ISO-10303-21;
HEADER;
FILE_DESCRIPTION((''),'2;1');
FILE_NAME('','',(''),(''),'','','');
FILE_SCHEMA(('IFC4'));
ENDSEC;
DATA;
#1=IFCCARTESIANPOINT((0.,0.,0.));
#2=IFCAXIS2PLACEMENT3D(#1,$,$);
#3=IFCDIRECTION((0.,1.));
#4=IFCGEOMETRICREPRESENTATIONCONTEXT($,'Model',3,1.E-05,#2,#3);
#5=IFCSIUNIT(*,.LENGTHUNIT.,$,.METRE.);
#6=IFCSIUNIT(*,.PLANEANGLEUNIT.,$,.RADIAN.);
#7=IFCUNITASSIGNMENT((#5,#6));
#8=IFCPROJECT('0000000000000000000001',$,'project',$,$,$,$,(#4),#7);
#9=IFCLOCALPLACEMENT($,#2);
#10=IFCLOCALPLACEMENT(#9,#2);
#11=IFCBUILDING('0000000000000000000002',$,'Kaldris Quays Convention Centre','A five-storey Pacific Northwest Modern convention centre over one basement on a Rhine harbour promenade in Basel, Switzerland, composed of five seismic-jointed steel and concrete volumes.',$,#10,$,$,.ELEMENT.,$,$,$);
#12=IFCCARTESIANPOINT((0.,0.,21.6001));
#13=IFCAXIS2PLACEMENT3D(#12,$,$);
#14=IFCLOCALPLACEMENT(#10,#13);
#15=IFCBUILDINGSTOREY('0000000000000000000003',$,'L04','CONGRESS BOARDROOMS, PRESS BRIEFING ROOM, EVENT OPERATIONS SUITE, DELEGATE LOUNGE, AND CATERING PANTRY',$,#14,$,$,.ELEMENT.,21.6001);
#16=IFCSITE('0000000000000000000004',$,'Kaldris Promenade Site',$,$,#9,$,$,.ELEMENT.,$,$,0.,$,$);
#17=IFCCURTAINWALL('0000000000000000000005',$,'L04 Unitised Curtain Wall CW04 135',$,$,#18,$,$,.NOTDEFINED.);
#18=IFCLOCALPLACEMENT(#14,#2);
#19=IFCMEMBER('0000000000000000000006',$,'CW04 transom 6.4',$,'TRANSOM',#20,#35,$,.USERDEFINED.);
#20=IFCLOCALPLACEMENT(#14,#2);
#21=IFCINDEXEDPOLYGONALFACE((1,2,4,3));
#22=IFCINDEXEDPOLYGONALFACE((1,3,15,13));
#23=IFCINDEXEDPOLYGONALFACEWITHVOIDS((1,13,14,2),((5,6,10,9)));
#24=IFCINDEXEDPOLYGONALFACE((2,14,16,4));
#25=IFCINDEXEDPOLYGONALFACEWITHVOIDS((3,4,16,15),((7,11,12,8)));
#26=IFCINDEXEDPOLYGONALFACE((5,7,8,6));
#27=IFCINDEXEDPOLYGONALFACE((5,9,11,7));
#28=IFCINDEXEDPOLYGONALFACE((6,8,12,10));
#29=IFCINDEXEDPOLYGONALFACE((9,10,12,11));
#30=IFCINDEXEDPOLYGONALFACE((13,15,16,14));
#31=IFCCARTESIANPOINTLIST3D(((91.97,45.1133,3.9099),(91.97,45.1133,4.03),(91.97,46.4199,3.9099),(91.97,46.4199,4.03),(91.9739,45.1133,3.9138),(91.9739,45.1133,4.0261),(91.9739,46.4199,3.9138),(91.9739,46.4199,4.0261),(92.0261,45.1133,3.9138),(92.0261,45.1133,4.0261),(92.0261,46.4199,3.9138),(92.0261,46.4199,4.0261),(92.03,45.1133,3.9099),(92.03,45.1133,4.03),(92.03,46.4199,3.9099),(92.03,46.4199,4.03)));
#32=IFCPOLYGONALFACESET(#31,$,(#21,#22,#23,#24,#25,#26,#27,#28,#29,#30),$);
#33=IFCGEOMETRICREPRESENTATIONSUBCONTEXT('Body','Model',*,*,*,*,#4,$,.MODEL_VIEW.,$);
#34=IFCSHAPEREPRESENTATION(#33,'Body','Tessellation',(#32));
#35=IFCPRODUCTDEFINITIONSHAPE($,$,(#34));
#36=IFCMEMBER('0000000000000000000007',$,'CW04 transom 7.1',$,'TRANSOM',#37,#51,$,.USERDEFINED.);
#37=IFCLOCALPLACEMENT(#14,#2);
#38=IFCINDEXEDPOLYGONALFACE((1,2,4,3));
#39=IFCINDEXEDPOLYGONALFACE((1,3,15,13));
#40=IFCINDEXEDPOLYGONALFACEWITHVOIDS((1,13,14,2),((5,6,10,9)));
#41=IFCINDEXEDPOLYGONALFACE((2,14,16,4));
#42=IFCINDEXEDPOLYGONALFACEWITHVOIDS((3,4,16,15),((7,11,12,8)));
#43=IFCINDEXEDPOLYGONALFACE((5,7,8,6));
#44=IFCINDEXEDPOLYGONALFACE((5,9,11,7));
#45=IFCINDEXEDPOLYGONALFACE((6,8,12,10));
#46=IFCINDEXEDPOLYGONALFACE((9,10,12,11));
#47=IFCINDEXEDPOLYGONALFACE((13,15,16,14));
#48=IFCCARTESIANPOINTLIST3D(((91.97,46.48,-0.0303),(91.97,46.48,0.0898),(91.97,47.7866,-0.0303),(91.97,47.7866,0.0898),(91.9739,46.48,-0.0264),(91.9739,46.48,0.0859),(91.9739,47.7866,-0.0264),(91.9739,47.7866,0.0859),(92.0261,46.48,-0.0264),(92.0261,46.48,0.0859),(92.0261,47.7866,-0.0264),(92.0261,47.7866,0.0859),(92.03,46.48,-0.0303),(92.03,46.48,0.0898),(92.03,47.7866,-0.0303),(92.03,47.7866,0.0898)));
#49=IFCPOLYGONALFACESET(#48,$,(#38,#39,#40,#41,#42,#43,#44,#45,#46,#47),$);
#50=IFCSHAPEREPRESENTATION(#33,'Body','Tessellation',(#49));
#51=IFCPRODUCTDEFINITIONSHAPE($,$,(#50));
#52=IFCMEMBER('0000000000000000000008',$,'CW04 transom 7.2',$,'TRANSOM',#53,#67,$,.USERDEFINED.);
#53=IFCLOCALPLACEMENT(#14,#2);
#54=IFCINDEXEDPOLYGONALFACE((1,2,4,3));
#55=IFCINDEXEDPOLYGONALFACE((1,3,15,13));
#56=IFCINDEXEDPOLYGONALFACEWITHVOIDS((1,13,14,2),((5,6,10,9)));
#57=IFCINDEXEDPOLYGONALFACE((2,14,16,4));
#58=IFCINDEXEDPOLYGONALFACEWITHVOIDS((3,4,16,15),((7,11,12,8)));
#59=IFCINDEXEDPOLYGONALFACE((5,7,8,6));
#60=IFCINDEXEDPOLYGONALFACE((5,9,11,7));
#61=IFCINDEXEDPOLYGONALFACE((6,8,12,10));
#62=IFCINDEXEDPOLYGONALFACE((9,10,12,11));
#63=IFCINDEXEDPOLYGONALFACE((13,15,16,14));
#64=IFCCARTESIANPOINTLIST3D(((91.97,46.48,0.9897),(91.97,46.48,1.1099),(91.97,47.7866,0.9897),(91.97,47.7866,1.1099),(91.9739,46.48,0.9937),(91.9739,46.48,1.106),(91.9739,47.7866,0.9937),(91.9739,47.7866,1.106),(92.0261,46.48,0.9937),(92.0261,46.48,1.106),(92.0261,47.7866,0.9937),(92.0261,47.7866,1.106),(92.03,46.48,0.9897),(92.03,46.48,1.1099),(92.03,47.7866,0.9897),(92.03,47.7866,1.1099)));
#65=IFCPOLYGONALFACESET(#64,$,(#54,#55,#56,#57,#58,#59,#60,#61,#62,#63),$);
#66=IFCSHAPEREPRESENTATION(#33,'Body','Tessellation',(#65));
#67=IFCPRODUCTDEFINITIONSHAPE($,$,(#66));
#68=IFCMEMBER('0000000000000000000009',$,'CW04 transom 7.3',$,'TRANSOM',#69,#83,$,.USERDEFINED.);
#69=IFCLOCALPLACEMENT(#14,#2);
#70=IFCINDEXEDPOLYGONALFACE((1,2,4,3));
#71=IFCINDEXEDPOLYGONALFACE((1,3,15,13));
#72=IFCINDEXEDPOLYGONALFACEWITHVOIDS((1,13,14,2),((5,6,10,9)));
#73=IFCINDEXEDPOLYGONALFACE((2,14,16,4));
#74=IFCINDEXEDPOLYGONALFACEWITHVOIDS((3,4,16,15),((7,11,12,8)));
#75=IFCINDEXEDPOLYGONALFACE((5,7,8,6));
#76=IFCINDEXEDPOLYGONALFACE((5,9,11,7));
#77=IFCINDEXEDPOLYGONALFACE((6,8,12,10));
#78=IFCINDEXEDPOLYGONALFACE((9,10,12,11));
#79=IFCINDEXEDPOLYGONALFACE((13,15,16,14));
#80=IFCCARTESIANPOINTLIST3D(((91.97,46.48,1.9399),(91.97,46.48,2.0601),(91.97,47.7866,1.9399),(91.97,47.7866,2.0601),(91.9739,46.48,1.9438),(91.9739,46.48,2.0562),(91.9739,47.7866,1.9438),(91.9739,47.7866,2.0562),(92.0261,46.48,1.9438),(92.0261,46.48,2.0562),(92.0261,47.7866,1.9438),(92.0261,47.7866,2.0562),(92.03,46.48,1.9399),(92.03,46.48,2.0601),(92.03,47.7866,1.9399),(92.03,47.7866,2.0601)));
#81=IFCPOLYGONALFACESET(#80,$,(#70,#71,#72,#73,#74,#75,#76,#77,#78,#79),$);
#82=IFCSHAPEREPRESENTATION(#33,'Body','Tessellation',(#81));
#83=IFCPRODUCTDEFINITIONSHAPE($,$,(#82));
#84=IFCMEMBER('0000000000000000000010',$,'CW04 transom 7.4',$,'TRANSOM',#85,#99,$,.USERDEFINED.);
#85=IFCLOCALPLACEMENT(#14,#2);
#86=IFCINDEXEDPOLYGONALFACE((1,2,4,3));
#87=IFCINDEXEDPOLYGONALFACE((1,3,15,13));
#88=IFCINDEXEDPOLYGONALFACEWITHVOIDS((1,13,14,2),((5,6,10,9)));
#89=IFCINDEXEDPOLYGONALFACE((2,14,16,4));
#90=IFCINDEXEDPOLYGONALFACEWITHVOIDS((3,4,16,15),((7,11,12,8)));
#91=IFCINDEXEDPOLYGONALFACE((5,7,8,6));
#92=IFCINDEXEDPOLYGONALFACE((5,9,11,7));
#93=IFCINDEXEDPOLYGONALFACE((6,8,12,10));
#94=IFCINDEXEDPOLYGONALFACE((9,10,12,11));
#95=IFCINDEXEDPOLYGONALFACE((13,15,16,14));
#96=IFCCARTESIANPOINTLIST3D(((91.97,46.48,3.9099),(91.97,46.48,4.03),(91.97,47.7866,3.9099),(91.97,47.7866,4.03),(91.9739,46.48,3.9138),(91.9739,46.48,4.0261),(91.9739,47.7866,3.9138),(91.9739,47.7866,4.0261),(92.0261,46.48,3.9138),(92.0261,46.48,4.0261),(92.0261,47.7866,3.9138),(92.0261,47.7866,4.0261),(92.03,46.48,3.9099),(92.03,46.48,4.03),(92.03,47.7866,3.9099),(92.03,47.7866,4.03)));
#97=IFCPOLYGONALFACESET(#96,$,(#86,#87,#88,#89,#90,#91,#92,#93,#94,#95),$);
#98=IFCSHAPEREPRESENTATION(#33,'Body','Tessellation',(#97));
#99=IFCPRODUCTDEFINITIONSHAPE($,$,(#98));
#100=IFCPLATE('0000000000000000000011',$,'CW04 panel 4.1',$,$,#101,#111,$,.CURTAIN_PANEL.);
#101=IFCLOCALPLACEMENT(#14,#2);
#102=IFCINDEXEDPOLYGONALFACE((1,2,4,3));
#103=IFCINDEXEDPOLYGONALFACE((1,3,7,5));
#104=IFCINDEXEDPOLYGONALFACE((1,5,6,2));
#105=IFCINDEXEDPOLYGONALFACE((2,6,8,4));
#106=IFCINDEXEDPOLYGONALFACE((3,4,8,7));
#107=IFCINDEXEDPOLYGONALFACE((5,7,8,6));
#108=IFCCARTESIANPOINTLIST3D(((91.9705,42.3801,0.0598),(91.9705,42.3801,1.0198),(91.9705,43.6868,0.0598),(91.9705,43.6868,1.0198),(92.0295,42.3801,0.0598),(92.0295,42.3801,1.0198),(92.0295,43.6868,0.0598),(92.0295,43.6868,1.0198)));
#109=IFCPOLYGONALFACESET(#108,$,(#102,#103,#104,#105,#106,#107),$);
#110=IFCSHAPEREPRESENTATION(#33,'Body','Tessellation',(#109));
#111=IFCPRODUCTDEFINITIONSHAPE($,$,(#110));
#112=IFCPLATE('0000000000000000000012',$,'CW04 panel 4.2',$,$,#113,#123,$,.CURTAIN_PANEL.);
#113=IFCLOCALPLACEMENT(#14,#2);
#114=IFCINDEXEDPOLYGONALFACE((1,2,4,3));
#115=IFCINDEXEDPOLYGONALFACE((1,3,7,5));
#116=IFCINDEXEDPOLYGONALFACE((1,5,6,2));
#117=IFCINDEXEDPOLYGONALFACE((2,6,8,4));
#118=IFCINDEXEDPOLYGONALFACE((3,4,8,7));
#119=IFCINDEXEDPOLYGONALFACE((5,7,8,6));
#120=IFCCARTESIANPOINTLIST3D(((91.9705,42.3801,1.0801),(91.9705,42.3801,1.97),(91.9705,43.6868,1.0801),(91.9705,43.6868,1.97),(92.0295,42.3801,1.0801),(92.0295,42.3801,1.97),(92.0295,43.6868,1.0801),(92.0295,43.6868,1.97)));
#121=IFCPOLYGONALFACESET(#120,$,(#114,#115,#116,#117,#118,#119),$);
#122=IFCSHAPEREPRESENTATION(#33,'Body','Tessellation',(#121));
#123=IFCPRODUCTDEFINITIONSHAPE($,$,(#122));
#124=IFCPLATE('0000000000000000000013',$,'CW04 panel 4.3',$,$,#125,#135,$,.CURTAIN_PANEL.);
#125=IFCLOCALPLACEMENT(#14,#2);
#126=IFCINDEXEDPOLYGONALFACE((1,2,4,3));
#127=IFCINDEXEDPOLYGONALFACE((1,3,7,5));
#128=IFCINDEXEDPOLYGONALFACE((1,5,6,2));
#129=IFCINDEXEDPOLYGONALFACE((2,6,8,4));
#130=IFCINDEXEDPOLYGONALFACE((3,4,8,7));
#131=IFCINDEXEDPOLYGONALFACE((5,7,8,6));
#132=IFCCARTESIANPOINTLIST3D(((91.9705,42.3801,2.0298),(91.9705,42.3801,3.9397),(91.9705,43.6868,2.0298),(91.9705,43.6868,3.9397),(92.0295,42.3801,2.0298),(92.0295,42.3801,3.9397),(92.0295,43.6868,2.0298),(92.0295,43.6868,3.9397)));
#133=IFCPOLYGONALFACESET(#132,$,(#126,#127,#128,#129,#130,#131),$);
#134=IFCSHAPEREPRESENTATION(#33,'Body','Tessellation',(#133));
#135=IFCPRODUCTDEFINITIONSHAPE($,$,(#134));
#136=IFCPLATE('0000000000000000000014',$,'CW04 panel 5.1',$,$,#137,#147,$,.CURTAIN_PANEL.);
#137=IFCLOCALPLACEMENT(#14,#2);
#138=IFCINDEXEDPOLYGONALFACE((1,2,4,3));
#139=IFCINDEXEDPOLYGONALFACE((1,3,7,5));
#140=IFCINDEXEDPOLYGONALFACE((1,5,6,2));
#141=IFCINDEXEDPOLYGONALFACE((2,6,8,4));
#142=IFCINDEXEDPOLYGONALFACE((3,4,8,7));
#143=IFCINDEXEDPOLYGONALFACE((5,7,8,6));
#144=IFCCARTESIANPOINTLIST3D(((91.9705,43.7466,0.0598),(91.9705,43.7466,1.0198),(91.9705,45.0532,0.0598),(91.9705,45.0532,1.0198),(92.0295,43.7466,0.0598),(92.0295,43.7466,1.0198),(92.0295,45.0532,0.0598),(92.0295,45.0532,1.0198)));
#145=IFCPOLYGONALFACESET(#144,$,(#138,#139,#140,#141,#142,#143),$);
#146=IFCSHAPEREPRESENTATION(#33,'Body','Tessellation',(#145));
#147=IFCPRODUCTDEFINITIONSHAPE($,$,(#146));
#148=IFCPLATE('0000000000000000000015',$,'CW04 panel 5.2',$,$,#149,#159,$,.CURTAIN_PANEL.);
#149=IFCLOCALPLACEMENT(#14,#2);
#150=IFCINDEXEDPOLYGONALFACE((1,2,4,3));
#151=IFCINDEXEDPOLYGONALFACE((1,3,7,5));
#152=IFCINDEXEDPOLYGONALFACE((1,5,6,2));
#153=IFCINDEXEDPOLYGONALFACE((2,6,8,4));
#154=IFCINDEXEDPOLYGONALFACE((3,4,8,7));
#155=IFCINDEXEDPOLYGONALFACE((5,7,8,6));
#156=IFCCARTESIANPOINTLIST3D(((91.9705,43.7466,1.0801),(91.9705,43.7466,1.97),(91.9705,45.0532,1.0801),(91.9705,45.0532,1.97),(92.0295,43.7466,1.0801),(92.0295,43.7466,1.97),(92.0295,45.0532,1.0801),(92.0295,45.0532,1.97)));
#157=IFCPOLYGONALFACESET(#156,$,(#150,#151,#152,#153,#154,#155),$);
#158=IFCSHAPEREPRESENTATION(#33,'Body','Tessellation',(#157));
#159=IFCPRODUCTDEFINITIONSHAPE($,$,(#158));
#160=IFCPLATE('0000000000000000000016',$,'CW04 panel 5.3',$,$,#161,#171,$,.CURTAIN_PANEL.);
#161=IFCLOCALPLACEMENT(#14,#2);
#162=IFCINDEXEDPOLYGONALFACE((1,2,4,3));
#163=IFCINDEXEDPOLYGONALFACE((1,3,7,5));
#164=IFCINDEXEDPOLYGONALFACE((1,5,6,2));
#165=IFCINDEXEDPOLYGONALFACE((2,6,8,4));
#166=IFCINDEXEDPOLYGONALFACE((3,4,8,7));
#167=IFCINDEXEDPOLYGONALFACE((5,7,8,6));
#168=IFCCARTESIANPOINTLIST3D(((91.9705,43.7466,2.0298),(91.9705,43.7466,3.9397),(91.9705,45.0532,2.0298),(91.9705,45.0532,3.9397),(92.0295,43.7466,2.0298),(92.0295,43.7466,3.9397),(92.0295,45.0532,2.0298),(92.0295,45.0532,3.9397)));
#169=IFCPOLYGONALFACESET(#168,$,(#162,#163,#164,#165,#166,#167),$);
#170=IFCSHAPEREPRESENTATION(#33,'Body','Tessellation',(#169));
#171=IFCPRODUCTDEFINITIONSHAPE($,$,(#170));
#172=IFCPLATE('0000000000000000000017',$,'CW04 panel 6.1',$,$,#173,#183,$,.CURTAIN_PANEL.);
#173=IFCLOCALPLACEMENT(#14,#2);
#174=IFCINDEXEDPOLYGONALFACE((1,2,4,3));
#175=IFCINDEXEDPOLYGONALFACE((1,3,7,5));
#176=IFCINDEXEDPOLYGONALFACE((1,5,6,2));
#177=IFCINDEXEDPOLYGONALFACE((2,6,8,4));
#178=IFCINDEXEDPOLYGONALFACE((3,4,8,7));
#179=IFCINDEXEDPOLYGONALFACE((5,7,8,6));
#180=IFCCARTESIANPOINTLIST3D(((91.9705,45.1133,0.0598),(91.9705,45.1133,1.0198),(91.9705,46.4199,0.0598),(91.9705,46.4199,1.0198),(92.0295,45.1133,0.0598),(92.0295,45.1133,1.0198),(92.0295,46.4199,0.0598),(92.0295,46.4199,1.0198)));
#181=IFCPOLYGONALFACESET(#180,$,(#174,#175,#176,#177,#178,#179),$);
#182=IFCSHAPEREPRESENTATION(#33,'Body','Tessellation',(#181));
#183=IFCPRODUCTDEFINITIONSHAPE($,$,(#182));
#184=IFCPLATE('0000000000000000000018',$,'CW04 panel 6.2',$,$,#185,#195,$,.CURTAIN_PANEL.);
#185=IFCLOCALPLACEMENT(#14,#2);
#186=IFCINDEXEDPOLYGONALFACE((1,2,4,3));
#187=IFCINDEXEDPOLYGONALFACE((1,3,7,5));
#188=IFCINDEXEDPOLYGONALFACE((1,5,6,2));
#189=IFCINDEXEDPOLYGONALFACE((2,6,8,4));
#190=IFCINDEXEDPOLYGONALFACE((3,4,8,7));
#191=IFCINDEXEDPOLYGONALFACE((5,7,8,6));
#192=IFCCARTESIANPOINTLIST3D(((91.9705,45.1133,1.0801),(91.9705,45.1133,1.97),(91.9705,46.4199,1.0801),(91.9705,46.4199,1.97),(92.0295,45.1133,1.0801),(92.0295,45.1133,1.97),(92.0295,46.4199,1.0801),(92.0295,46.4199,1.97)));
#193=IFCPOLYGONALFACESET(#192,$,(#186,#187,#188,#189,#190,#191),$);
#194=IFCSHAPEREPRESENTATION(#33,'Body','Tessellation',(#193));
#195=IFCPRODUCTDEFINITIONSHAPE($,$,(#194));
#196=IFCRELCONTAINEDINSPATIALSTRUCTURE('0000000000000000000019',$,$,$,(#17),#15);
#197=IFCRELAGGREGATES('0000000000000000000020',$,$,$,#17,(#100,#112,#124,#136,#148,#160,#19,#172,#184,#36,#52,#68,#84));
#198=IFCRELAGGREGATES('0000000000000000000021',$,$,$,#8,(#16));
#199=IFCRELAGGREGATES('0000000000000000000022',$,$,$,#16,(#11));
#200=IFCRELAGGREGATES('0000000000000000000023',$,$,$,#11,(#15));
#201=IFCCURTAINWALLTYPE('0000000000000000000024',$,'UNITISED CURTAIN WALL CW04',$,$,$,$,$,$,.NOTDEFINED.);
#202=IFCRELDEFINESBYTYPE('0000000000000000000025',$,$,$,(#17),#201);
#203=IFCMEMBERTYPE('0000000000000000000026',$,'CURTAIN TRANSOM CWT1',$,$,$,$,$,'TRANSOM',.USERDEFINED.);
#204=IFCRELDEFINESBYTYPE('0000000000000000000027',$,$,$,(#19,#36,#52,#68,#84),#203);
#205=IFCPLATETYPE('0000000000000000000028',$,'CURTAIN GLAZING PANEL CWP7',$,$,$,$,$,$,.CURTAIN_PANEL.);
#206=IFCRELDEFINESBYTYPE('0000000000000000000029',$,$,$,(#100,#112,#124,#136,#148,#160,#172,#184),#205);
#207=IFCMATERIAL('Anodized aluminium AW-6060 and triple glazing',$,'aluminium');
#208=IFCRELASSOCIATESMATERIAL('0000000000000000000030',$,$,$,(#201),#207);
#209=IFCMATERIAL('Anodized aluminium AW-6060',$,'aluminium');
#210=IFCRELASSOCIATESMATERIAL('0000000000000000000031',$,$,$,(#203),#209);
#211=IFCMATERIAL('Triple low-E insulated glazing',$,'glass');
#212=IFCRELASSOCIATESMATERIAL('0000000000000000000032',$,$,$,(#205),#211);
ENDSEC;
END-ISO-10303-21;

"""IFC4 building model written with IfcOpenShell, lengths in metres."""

from ifc_helpers import new_model, si_unit, direction, frame, origin, origin_2d, place, context, subcontext, project, spatial, rectangle, hollow_rectangle, extrude, material, material_profile, profile_set, type_object, element, aggregate, save


model = new_model("IFC4")

# Units and contexts
model_context = context("Model", 3, precision=1e-05, world=origin(), true_north=direction((0.0, 1.0)))
body_context = subcontext(model_context, "Body", "Model", "MODEL_VIEW")
ifc_project = project(units=[si_unit("LENGTHUNIT", "METRE"), si_unit("PLANEANGLEUNIT", "RADIAN")], contexts=[model_context])

# Site, building, storey
site_placement = place(None, origin())
site = spatial("IfcSite", under=ifc_project, at=site_placement, Name="Kaldris Promenade Site", CompositionType="ELEMENT", RefElevation=0.0)
building_placement = place(site_placement, origin())
building = spatial("IfcBuilding", under=site, at=building_placement, Name="Kaldris Quays Convention Centre", Description="A five-storey Pacific Northwest Modern convention centre over one basement on a Rhine harbour promenade in Basel, Switzerland, composed of five seismic-jointed steel and concrete volumes.", CompositionType="ELEMENT")
storey_placement = place(building_placement, frame((0.0, 0.0, 21.6001)))
storey = spatial("IfcBuildingStorey", under=building, at=storey_placement, Name="L04", Description="CONGRESS BOARDROOMS, PRESS BRIEFING ROOM, EVENT OPERATIONS SUITE, DELEGATE LOUNGE, AND CATERING PANTRY", CompositionType="ELEMENT", Elevation=21.6001)

# Curtain wall, members, plates
ifc_material_1 = material(Name="Anodized aluminium AW-6060 and triple glazing", Category="aluminium")
curtain_wall_type = type_object("IfcCurtainWallType", Name="UNITISED CURTAIN WALL CW04", PredefinedType="NOTDEFINED", material=ifc_material_1)
curtain_wall_placement = place(storey_placement, origin())
curtain_wall = element("IfcCurtainWall", 1, at=curtain_wall_placement, inside=storey, type_object=curtain_wall_type, Name="L04 Unitised Curtain Wall CW04 135", PredefinedType="NOTDEFINED")
ifc_material_2 = material(Name="Anodized aluminium AW-6060", Category="aluminium")
ifc_material_profile = material_profile(ifc_material_2, hollow_rectangle(XDim=0.0601, YDim=0.1201, WallThickness=0.0039, at=origin_2d()), Name="RHS 120x60x4")
ifc_profile_set = profile_set([ifc_material_profile], Name="Anodized aluminium AW-6060")
member_type = type_object("IfcMemberType", Name="CURTAIN TRANSOM CWT1", ElementType="TRANSOM", PredefinedType="USERDEFINED", material=ifc_profile_set)
member_1_placement = place(storey_placement, frame((92.0, 45.1133, 3.97), z_axis=(0.0, 1.0, 0.0), x_axis=(-1.0, 0.0, 0.0)))
member_1 = element("IfcMember", 2, at=member_1_placement, type_object=member_type, Name="CW04 transom 6.4", ObjectType="TRANSOM", PredefinedType="USERDEFINED", context=body_context, shape_type="SweptSolid", body=[
    extrude(hollow_rectangle(XDim=0.0601, YDim=0.1201, WallThickness=0.0039, at=origin_2d()), origin(), (0.0, 0.0, 1.0), 1.3066),
])
member_2_placement = place(storey_placement, frame((92.0, 46.48, 0.0298), z_axis=(0.0, 1.0, 0.0), x_axis=(-1.0, 0.0, 0.0)))
member_2 = element("IfcMember", 3, at=member_2_placement, type_object=member_type, Name="CW04 transom 7.1", ObjectType="TRANSOM", PredefinedType="USERDEFINED", context=body_context, shape_type="SweptSolid", body=[
    extrude(hollow_rectangle(XDim=0.0601, YDim=0.1201, WallThickness=0.0039, at=origin_2d()), origin(), (0.0, 0.0, 1.0), 1.3066),
])
member_3_placement = place(storey_placement, frame((92.0, 46.48, 1.0498), z_axis=(0.0, 1.0, 0.0), x_axis=(-1.0, 0.0, 0.0)))
member_3 = element("IfcMember", 4, at=member_3_placement, type_object=member_type, Name="CW04 transom 7.2", ObjectType="TRANSOM", PredefinedType="USERDEFINED", context=body_context, shape_type="SweptSolid", body=[
    extrude(hollow_rectangle(XDim=0.0601, YDim=0.1201, WallThickness=0.0039, at=origin_2d()), origin(), (0.0, 0.0, 1.0), 1.3066),
])
member_4_placement = place(storey_placement, frame((92.0, 46.48, 2.0), z_axis=(0.0, 1.0, 0.0), x_axis=(-1.0, 0.0, 0.0)))
member_4 = element("IfcMember", 5, at=member_4_placement, type_object=member_type, Name="CW04 transom 7.3", ObjectType="TRANSOM", PredefinedType="USERDEFINED", context=body_context, shape_type="SweptSolid", body=[
    extrude(hollow_rectangle(XDim=0.0601, YDim=0.1201, WallThickness=0.0039, at=origin_2d()), origin(), (0.0, 0.0, 1.0), 1.3066),
])
member_5_placement = place(storey_placement, frame((92.0, 46.48, 3.97), z_axis=(0.0, 1.0, 0.0), x_axis=(-1.0, 0.0, 0.0)))
member_5 = element("IfcMember", 6, at=member_5_placement, type_object=member_type, Name="CW04 transom 7.4", ObjectType="TRANSOM", PredefinedType="USERDEFINED", context=body_context, shape_type="SweptSolid", body=[
    extrude(hollow_rectangle(XDim=0.0601, YDim=0.1201, WallThickness=0.0039, at=origin_2d()), origin(), (0.0, 0.0, 1.0), 1.3066),
])
ifc_material_3 = material(Name="Triple low-E insulated glazing", Category="glass")
plate_type = type_object("IfcPlateType", Name="CURTAIN GLAZING PANEL CWP7", PredefinedType="CURTAIN_PANEL", material=ifc_material_3)
plate_1_placement = place(storey_placement, frame((92.0, 43.0334, 0.0598), z_axis=(0.0, 0.0, 1.0), x_axis=(0.0, 1.0, 0.0)))
plate_1 = element("IfcPlate", 7, at=plate_1_placement, type_object=plate_type, Name="CW04 panel 4.1", PredefinedType="CURTAIN_PANEL", context=body_context, shape_type="SweptSolid", body=[
    extrude(rectangle(XDim=1.3066, YDim=0.0591, at=origin_2d()), origin(), (0.0, 0.0, 1.0), 0.96),
])
plate_2_placement = place(storey_placement, frame((92.0, 43.0334, 1.0801), z_axis=(0.0, 0.0, 1.0), x_axis=(0.0, 1.0, 0.0)))
plate_2 = element("IfcPlate", 8, at=plate_2_placement, type_object=plate_type, Name="CW04 panel 4.2", PredefinedType="CURTAIN_PANEL", context=body_context, shape_type="SweptSolid", body=[
    extrude(rectangle(XDim=1.3066, YDim=0.0591, at=origin_2d()), origin(), (0.0, 0.0, 1.0), 0.8899),
])
plate_3_placement = place(storey_placement, frame((92.0, 43.0334, 2.0298), z_axis=(0.0, 0.0, 1.0), x_axis=(0.0, 1.0, 0.0)))
plate_3 = element("IfcPlate", 9, at=plate_3_placement, type_object=plate_type, Name="CW04 panel 4.3", PredefinedType="CURTAIN_PANEL", context=body_context, shape_type="SweptSolid", body=[
    extrude(rectangle(XDim=1.3066, YDim=0.0591, at=origin_2d()), origin(), (0.0, 0.0, 1.0), 1.9099),
])
plate_4_placement = place(storey_placement, frame((92.0, 44.3999, 0.0598), z_axis=(0.0, 0.0, 1.0), x_axis=(0.0, 1.0, 0.0)))
plate_4 = element("IfcPlate", 10, at=plate_4_placement, type_object=plate_type, Name="CW04 panel 5.1", PredefinedType="CURTAIN_PANEL", context=body_context, shape_type="SweptSolid", body=[
    extrude(rectangle(XDim=1.3066, YDim=0.0591, at=origin_2d()), origin(), (0.0, 0.0, 1.0), 0.96),
])
plate_5_placement = place(storey_placement, frame((92.0, 44.3999, 1.0801), z_axis=(0.0, 0.0, 1.0), x_axis=(0.0, 1.0, 0.0)))
plate_5 = element("IfcPlate", 11, at=plate_5_placement, type_object=plate_type, Name="CW04 panel 5.2", PredefinedType="CURTAIN_PANEL", context=body_context, shape_type="SweptSolid", body=[
    extrude(rectangle(XDim=1.3066, YDim=0.0591, at=origin_2d()), origin(), (0.0, 0.0, 1.0), 0.8899),
])
plate_6_placement = place(storey_placement, frame((92.0, 44.3999, 2.0298), z_axis=(0.0, 0.0, 1.0), x_axis=(0.0, 1.0, 0.0)))
plate_6 = element("IfcPlate", 12, at=plate_6_placement, type_object=plate_type, Name="CW04 panel 5.3", PredefinedType="CURTAIN_PANEL", context=body_context, shape_type="SweptSolid", body=[
    extrude(rectangle(XDim=1.3066, YDim=0.0591, at=origin_2d()), origin(), (0.0, 0.0, 1.0), 1.9099),
])
plate_7_placement = place(storey_placement, frame((92.0, 45.7666, 0.0598), z_axis=(0.0, 0.0, 1.0), x_axis=(0.0, 1.0, 0.0)))
plate_7 = element("IfcPlate", 13, at=plate_7_placement, type_object=plate_type, Name="CW04 panel 6.1", PredefinedType="CURTAIN_PANEL", context=body_context, shape_type="SweptSolid", body=[
    extrude(rectangle(XDim=1.3066, YDim=0.0591, at=origin_2d()), origin(), (0.0, 0.0, 1.0), 0.96),
])
plate_8_placement = place(storey_placement, frame((92.0, 45.7666, 1.0801), z_axis=(0.0, 0.0, 1.0), x_axis=(0.0, 1.0, 0.0)))
plate_8 = element("IfcPlate", 14, at=plate_8_placement, type_object=plate_type, Name="CW04 panel 6.2", PredefinedType="CURTAIN_PANEL", context=body_context, shape_type="SweptSolid", body=[
    extrude(rectangle(XDim=1.3066, YDim=0.0591, at=origin_2d()), origin(), (0.0, 0.0, 1.0), 0.8899),
])
aggregate(curtain_wall, [plate_1, plate_2, plate_3, plate_4, plate_5, plate_6, member_1, plate_7, plate_8, member_2, member_3, member_4, member_5])

save(model, "model.ifc")
